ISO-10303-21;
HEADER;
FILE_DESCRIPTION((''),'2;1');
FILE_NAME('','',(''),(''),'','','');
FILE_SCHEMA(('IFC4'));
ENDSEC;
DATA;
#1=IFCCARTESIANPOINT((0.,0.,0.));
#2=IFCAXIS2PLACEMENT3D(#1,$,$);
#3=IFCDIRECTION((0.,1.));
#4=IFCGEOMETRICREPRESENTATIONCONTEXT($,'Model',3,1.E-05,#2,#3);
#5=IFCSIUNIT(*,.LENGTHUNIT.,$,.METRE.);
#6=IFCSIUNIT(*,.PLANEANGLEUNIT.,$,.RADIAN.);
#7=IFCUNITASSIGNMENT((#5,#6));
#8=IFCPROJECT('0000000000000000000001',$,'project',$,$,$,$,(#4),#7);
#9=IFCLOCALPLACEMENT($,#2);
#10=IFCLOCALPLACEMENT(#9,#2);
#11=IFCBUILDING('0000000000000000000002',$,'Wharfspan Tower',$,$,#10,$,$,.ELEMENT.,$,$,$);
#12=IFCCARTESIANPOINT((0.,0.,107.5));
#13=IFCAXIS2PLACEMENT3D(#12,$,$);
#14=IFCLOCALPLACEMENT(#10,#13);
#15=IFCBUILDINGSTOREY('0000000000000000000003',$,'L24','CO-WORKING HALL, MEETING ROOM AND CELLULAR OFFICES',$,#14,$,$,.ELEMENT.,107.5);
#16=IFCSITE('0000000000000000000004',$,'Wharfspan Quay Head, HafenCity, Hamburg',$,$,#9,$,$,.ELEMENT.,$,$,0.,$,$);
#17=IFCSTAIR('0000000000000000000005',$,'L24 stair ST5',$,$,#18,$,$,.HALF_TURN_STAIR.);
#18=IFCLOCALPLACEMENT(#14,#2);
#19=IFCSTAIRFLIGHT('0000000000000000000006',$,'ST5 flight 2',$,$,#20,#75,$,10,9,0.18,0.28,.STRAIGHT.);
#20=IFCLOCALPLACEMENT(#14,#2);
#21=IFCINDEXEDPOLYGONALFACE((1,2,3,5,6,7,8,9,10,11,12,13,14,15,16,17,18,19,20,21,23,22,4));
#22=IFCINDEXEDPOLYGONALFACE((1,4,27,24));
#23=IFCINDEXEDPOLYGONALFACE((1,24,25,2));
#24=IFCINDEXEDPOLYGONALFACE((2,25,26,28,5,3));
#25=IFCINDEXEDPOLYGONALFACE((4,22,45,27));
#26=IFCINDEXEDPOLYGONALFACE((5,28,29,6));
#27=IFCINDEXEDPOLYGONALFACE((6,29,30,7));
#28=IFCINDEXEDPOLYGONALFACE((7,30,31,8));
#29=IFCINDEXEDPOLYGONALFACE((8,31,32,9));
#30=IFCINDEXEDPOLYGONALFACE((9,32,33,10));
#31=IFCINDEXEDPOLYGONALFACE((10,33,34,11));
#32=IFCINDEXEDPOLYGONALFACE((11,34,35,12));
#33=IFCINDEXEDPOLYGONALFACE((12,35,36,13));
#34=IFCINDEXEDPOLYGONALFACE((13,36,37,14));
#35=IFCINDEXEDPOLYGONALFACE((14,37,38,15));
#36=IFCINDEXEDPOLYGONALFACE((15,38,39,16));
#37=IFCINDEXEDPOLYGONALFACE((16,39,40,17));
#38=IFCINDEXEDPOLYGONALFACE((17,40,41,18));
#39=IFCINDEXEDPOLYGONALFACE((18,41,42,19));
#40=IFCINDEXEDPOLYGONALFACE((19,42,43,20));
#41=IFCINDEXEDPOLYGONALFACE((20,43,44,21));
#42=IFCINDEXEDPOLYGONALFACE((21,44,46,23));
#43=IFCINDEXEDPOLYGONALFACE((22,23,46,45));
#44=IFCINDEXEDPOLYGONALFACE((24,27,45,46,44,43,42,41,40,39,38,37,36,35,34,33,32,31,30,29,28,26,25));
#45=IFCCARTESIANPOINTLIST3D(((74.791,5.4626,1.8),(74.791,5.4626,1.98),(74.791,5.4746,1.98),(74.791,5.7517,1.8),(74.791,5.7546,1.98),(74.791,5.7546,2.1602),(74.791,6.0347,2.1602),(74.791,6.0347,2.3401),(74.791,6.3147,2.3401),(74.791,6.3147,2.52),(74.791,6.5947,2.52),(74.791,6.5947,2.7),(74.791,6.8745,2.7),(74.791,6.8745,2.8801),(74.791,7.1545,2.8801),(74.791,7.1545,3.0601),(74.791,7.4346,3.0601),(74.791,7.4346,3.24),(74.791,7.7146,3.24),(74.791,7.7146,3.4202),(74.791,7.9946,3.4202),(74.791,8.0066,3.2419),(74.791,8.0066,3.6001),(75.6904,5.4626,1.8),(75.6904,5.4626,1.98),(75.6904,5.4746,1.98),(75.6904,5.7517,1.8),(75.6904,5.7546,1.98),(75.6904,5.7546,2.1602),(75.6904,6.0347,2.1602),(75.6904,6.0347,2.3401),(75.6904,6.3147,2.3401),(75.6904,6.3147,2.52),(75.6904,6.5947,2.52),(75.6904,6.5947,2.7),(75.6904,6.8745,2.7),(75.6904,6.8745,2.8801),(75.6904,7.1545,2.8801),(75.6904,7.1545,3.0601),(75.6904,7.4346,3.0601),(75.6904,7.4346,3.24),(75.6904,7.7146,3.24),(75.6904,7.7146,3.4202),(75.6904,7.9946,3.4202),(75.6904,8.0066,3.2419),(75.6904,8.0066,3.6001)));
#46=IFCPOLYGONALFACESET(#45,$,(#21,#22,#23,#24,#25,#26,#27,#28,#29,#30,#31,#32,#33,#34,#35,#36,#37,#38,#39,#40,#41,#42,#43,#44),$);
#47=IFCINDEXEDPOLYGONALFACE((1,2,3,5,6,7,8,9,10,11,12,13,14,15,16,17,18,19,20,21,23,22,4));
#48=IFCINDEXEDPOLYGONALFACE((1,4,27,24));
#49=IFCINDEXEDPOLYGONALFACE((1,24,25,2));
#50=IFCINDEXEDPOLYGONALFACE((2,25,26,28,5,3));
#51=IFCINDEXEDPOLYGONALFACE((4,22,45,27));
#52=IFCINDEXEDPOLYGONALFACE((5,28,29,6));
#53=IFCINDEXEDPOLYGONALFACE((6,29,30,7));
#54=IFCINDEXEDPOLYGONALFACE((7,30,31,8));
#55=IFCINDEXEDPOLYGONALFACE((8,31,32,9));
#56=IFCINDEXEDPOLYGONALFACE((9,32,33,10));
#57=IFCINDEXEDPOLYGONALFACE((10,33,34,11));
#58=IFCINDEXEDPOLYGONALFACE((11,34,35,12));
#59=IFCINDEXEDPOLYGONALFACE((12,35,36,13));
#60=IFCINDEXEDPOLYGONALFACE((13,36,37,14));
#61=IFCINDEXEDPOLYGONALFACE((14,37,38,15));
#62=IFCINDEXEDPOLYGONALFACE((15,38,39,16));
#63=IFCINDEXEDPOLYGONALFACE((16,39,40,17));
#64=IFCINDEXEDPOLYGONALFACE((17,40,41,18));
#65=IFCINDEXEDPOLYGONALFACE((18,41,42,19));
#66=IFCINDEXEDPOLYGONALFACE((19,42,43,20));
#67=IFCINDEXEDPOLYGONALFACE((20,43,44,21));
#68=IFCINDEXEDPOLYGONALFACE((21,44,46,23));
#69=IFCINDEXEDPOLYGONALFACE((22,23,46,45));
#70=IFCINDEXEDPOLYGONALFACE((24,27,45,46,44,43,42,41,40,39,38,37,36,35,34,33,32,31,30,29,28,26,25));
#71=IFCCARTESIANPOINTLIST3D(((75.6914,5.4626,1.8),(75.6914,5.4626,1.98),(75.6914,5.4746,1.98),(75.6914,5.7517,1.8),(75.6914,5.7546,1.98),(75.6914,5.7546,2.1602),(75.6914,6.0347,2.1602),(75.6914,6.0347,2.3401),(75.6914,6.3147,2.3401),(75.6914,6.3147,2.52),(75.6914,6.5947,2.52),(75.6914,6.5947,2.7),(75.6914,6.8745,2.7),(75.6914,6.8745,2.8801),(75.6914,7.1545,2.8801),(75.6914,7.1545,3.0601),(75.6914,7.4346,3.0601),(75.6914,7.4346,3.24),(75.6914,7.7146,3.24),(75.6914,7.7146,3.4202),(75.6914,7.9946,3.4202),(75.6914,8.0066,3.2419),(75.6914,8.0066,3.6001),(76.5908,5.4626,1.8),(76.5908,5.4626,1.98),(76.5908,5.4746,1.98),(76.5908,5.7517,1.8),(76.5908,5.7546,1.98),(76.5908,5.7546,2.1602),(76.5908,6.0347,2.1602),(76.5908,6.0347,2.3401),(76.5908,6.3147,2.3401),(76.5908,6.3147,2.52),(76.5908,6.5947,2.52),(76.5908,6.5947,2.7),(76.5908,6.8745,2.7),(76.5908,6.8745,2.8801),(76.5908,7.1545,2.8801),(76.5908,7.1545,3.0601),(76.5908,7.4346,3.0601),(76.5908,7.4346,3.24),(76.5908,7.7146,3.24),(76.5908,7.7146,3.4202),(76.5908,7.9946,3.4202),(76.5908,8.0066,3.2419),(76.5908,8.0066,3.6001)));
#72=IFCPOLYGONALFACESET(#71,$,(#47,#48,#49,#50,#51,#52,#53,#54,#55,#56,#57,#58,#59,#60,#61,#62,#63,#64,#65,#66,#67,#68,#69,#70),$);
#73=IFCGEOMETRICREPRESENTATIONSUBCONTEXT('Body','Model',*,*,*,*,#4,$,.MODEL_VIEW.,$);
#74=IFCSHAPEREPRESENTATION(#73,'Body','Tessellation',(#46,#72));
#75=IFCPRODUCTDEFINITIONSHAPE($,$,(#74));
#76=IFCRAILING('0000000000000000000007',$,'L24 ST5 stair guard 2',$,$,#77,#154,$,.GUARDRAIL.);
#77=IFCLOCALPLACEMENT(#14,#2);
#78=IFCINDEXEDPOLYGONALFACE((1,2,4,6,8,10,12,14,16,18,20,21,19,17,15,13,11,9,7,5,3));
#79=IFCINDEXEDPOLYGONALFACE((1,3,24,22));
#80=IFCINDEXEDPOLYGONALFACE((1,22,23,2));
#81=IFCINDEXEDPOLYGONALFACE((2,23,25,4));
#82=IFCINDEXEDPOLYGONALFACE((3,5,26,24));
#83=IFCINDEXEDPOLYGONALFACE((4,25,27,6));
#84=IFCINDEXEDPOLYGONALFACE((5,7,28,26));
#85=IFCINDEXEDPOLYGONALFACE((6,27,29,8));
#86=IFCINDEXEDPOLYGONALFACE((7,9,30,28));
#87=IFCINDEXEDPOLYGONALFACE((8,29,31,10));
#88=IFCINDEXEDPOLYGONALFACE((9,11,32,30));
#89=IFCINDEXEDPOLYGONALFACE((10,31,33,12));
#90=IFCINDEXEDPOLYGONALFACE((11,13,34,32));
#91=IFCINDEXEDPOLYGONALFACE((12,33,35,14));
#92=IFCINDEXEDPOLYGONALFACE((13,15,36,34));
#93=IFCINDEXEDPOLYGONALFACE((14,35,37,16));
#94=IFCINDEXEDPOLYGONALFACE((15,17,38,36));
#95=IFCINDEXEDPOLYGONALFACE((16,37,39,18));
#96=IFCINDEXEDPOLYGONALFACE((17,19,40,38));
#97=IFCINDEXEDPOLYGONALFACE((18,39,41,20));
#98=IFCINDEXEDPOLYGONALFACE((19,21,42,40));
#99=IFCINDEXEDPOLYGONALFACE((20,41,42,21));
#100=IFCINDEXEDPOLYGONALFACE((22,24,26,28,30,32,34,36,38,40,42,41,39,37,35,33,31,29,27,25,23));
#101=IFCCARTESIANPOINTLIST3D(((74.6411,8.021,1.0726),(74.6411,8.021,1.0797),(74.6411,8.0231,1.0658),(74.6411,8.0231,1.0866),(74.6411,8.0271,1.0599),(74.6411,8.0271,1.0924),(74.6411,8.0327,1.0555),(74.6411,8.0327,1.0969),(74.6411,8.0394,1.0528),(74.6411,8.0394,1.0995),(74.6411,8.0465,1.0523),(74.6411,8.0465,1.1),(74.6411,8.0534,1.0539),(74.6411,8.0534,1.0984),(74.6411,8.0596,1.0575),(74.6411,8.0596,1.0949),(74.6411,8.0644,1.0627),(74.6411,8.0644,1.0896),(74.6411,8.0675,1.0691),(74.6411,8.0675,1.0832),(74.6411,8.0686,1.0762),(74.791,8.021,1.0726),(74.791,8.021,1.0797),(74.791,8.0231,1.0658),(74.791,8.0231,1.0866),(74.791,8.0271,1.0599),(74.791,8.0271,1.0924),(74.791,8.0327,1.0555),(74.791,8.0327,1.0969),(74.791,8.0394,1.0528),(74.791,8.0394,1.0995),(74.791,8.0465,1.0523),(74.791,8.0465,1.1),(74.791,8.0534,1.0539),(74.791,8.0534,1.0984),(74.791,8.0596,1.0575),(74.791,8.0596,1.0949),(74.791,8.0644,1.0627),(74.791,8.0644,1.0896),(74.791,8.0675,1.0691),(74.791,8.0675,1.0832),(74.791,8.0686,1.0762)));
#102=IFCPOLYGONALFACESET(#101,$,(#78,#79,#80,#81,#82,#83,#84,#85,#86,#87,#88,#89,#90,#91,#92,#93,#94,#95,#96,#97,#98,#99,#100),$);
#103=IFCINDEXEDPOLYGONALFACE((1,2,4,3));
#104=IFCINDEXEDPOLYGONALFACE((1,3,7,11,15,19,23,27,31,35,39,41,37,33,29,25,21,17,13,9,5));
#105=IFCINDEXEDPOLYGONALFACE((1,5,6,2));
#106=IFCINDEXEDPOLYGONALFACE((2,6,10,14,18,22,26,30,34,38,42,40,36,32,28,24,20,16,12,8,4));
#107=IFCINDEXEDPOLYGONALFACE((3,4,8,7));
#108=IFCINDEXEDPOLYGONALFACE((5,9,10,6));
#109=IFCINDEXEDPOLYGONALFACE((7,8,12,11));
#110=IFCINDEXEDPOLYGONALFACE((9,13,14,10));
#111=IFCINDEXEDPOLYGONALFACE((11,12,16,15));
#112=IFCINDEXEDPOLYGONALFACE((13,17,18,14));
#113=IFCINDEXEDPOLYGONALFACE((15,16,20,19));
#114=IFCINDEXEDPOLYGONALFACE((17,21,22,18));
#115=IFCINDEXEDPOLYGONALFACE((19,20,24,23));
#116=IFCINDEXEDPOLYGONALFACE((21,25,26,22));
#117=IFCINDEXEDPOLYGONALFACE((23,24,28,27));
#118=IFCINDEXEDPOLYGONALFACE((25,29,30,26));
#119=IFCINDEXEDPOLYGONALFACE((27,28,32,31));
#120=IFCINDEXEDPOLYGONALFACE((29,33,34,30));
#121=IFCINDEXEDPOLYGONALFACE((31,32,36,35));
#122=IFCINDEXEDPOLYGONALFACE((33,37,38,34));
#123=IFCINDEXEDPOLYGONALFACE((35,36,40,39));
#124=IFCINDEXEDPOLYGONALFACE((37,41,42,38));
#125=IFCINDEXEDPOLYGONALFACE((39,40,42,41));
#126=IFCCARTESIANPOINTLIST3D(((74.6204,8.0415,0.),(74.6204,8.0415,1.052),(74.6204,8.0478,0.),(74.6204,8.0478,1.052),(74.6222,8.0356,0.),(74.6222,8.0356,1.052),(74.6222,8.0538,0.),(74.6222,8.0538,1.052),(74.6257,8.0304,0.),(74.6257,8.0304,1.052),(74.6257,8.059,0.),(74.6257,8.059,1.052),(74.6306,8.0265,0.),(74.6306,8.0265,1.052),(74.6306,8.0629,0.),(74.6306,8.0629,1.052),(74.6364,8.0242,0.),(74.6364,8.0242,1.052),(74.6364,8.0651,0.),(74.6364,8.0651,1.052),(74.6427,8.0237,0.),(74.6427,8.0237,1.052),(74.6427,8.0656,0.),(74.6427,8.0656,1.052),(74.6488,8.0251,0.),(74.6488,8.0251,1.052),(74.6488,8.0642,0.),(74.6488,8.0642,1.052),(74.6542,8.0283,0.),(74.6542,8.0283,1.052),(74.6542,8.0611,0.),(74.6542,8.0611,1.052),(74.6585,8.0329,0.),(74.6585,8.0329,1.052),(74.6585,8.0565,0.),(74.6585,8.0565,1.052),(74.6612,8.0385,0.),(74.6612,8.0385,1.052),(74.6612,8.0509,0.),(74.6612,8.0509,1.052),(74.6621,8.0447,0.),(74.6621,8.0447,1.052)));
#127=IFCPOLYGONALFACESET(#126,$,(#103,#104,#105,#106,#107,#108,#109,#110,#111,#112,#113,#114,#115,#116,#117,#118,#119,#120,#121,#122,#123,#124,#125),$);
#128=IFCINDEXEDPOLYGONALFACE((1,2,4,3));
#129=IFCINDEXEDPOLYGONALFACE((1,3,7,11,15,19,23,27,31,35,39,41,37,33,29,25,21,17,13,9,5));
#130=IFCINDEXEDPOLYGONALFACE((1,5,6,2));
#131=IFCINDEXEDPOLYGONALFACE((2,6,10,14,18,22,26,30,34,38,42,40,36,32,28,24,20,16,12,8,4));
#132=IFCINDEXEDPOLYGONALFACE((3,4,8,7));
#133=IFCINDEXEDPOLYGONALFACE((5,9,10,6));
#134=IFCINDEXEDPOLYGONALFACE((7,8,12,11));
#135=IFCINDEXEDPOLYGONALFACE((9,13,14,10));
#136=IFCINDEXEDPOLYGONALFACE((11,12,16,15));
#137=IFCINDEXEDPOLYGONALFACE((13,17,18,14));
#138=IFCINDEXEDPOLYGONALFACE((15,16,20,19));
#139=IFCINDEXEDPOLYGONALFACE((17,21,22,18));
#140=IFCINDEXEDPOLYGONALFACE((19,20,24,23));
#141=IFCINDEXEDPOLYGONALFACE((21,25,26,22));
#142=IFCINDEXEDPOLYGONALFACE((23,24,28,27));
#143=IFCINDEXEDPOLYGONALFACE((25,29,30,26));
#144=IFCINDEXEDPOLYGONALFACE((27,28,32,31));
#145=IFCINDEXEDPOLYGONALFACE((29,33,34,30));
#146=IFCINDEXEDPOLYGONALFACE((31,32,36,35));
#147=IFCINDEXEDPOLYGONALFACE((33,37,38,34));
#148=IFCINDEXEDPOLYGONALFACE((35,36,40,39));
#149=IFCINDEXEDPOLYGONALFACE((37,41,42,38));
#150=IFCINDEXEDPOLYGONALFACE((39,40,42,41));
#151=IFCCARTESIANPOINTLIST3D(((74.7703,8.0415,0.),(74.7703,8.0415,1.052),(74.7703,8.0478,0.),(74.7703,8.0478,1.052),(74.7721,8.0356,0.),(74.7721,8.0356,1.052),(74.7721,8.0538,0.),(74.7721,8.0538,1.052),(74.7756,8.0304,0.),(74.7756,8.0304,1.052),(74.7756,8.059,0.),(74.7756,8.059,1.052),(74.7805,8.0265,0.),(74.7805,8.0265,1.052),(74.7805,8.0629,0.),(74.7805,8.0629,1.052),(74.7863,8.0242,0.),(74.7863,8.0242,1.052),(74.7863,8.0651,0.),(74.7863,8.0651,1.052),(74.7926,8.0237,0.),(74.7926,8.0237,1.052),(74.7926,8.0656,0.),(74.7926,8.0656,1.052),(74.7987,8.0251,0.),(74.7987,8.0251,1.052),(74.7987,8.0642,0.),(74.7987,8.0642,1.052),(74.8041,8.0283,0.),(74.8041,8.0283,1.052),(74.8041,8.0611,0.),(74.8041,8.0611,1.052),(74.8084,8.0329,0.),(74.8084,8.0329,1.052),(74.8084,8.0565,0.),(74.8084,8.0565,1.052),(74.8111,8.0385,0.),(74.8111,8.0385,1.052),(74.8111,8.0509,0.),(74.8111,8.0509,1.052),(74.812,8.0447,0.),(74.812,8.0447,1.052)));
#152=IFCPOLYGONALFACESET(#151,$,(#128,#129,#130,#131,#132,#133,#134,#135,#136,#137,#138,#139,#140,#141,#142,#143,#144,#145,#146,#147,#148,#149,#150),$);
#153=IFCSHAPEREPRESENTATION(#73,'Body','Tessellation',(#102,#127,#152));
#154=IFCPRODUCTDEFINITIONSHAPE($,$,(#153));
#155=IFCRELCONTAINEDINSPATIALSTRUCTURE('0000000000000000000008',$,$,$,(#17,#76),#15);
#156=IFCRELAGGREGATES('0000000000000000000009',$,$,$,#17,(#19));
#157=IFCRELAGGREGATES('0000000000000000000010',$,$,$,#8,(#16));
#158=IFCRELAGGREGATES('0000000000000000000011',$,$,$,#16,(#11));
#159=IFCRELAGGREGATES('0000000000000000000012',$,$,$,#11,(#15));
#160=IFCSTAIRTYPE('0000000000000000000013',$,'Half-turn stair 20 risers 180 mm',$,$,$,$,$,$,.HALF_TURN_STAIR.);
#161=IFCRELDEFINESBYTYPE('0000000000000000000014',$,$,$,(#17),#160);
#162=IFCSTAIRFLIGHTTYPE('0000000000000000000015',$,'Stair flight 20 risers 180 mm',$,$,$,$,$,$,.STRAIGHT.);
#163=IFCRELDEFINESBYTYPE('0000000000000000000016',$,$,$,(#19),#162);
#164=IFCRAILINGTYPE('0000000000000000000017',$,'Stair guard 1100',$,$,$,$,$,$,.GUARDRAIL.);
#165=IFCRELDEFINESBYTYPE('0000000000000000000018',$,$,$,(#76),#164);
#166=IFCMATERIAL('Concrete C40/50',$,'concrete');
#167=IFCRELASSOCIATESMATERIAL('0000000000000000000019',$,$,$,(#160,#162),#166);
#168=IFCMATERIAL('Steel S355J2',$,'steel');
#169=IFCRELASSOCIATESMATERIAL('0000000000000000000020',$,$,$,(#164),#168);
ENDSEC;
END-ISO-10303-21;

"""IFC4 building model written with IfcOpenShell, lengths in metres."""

from ifc_helpers import new_model, si_unit, direction, frame, origin, origin_2d, place, context, subcontext, project, spatial, polyline, circle, outline, extrude, material, type_object, element, aggregate, save


model = new_model("IFC4")

# Units and contexts
model_context = context("Model", 3, precision=1e-05, world=origin(), true_north=direction((0.0, 1.0)))
body_context = subcontext(model_context, "Body", "Model", "MODEL_VIEW")
ifc_project = project(units=[si_unit("LENGTHUNIT", "METRE"), si_unit("PLANEANGLEUNIT", "RADIAN")], contexts=[model_context])

# Site, building, storey
site_placement = place(None, origin())
site = spatial("IfcSite", under=ifc_project, at=site_placement, Name="Wharfspan Quay Head, HafenCity, Hamburg", CompositionType="ELEMENT", RefElevation=0.0)
building_placement = place(site_placement, origin())
building = spatial("IfcBuilding", under=site, at=building_placement, Name="Wharfspan Tower", CompositionType="ELEMENT")
storey_placement = place(building_placement, frame((0.0, 0.0, 107.5)))
storey = spatial("IfcBuildingStorey", under=building, at=storey_placement, Name="L24", Description="CO-WORKING HALL, MEETING ROOM AND CELLULAR OFFICES", CompositionType="ELEMENT", Elevation=107.5)

# Shared definitions
ifc_material_1 = material(Name="Steel S355J2", Category="steel")

# Shared definitions
ifc_material_2 = material(Name="Concrete C40/50", Category="concrete")

# Stair, stair flight
stair_type = type_object("IfcStairType", Name="Half-turn stair 20 risers 180 mm", PredefinedType="HALF_TURN_STAIR", material=ifc_material_2)
stair_placement = place(storey_placement, origin())
stair = element("IfcStair", 1, at=stair_placement, inside=storey, type_object=stair_type, Name="L24 stair ST5", PredefinedType="HALF_TURN_STAIR")
stair_flight_type = type_object("IfcStairFlightType", Name="Stair flight 20 risers 180 mm", PredefinedType="STRAIGHT", material=ifc_material_2)
stair_flight_1_placement = place(storey_placement, frame((75.6909, 5.4746, 1.8), z_axis=(0.0, 0.0, 1.0), x_axis=(0.0, 1.0, 0.0)))
stair_flight_1 = element("IfcStairFlight", 2, at=stair_flight_1_placement, type_object=stair_flight_type, Name="ST5 flight 2", NumberOfRisers=10, NumberOfTreads=9, PredefinedType="STRAIGHT", RiserHeight=0.18, TreadLength=0.28, context=body_context, shape_type="SweptSolid", body=[
    extrude(outline(polyline([(-0.012, 0.0), (-0.012, 0.1799), (0.0, 0.1799), (0.28, 0.1799), (0.28, 0.3601), (0.5601, 0.3601), (0.5601, 0.54), (0.8401, 0.54), (0.8401, 0.72), (1.1201, 0.72), (1.1201, 0.8999), (1.3999, 0.8999), (1.3999, 1.0801), (1.6799, 1.0801), (1.6799, 1.26), (1.96, 1.26), (1.96, 1.4399), (2.24, 1.4399), (2.24, 1.6201), (2.52, 1.6201), (2.532, 1.8), (2.532, 1.4419), (0.2771, 0.0), (-0.012, 0.0)])), frame((0.0, 0.8999, 0.0), z_axis=(0.0, -1.0, 0.0), x_axis=(1.0, 0.0, 0.0)), (0.0, 0.0, 1.0), 0.8994),
    extrude(outline(polyline([(-0.012, 0.0), (-0.012, 0.1799), (0.0, 0.1799), (0.28, 0.1799), (0.28, 0.3601), (0.5601, 0.3601), (0.5601, 0.54), (0.8401, 0.54), (0.8401, 0.72), (1.1201, 0.72), (1.1201, 0.8999), (1.3999, 0.8999), (1.3999, 1.0801), (1.6799, 1.0801), (1.6799, 1.26), (1.96, 1.26), (1.96, 1.4399), (2.24, 1.4399), (2.24, 1.6201), (2.52, 1.6201), (2.532, 1.8), (2.532, 1.4419), (0.2771, 0.0), (-0.012, 0.0)])), frame((0.0, -0.0005, 0.0), z_axis=(0.0, -1.0, 0.0), x_axis=(1.0, 0.0, 0.0)), (0.0, 0.0, 1.0), 0.8994),
])
aggregate(stair, [stair_flight_1])

# Railing
railing_type_1 = type_object("IfcRailingType", Name="Stair guard 1100", PredefinedType="GUARDRAIL", material=ifc_material_1)
railing_1_placement = place(storey_placement, frame((74.6411, 8.0447, 0.0)))
element("IfcRailing", 3, at=railing_1_placement, inside=storey, type_object=railing_type_1, Name="L24 ST5 stair guard 2", PredefinedType="GUARDRAIL", context=body_context, shape_type="SweptSolid", body=[
    extrude(circle(Radius=0.0239, at=origin_2d()), frame((0.0, 0.0, 1.0762), z_axis=(1.0, 0.0, 0.0), x_axis=(0.0, 1.0, 0.0)), (0.0, 0.0, 1.0), 0.1499),
    extrude(circle(Radius=0.021, at=origin_2d()), origin(), (0.0, 0.0, 1.0), 1.052),
    extrude(circle(Radius=0.021, at=origin_2d()), frame((0.1499, 0.0, 0.0)), (0.0, 0.0, 1.0), 1.052),
])

save(model, "model.ifc")
